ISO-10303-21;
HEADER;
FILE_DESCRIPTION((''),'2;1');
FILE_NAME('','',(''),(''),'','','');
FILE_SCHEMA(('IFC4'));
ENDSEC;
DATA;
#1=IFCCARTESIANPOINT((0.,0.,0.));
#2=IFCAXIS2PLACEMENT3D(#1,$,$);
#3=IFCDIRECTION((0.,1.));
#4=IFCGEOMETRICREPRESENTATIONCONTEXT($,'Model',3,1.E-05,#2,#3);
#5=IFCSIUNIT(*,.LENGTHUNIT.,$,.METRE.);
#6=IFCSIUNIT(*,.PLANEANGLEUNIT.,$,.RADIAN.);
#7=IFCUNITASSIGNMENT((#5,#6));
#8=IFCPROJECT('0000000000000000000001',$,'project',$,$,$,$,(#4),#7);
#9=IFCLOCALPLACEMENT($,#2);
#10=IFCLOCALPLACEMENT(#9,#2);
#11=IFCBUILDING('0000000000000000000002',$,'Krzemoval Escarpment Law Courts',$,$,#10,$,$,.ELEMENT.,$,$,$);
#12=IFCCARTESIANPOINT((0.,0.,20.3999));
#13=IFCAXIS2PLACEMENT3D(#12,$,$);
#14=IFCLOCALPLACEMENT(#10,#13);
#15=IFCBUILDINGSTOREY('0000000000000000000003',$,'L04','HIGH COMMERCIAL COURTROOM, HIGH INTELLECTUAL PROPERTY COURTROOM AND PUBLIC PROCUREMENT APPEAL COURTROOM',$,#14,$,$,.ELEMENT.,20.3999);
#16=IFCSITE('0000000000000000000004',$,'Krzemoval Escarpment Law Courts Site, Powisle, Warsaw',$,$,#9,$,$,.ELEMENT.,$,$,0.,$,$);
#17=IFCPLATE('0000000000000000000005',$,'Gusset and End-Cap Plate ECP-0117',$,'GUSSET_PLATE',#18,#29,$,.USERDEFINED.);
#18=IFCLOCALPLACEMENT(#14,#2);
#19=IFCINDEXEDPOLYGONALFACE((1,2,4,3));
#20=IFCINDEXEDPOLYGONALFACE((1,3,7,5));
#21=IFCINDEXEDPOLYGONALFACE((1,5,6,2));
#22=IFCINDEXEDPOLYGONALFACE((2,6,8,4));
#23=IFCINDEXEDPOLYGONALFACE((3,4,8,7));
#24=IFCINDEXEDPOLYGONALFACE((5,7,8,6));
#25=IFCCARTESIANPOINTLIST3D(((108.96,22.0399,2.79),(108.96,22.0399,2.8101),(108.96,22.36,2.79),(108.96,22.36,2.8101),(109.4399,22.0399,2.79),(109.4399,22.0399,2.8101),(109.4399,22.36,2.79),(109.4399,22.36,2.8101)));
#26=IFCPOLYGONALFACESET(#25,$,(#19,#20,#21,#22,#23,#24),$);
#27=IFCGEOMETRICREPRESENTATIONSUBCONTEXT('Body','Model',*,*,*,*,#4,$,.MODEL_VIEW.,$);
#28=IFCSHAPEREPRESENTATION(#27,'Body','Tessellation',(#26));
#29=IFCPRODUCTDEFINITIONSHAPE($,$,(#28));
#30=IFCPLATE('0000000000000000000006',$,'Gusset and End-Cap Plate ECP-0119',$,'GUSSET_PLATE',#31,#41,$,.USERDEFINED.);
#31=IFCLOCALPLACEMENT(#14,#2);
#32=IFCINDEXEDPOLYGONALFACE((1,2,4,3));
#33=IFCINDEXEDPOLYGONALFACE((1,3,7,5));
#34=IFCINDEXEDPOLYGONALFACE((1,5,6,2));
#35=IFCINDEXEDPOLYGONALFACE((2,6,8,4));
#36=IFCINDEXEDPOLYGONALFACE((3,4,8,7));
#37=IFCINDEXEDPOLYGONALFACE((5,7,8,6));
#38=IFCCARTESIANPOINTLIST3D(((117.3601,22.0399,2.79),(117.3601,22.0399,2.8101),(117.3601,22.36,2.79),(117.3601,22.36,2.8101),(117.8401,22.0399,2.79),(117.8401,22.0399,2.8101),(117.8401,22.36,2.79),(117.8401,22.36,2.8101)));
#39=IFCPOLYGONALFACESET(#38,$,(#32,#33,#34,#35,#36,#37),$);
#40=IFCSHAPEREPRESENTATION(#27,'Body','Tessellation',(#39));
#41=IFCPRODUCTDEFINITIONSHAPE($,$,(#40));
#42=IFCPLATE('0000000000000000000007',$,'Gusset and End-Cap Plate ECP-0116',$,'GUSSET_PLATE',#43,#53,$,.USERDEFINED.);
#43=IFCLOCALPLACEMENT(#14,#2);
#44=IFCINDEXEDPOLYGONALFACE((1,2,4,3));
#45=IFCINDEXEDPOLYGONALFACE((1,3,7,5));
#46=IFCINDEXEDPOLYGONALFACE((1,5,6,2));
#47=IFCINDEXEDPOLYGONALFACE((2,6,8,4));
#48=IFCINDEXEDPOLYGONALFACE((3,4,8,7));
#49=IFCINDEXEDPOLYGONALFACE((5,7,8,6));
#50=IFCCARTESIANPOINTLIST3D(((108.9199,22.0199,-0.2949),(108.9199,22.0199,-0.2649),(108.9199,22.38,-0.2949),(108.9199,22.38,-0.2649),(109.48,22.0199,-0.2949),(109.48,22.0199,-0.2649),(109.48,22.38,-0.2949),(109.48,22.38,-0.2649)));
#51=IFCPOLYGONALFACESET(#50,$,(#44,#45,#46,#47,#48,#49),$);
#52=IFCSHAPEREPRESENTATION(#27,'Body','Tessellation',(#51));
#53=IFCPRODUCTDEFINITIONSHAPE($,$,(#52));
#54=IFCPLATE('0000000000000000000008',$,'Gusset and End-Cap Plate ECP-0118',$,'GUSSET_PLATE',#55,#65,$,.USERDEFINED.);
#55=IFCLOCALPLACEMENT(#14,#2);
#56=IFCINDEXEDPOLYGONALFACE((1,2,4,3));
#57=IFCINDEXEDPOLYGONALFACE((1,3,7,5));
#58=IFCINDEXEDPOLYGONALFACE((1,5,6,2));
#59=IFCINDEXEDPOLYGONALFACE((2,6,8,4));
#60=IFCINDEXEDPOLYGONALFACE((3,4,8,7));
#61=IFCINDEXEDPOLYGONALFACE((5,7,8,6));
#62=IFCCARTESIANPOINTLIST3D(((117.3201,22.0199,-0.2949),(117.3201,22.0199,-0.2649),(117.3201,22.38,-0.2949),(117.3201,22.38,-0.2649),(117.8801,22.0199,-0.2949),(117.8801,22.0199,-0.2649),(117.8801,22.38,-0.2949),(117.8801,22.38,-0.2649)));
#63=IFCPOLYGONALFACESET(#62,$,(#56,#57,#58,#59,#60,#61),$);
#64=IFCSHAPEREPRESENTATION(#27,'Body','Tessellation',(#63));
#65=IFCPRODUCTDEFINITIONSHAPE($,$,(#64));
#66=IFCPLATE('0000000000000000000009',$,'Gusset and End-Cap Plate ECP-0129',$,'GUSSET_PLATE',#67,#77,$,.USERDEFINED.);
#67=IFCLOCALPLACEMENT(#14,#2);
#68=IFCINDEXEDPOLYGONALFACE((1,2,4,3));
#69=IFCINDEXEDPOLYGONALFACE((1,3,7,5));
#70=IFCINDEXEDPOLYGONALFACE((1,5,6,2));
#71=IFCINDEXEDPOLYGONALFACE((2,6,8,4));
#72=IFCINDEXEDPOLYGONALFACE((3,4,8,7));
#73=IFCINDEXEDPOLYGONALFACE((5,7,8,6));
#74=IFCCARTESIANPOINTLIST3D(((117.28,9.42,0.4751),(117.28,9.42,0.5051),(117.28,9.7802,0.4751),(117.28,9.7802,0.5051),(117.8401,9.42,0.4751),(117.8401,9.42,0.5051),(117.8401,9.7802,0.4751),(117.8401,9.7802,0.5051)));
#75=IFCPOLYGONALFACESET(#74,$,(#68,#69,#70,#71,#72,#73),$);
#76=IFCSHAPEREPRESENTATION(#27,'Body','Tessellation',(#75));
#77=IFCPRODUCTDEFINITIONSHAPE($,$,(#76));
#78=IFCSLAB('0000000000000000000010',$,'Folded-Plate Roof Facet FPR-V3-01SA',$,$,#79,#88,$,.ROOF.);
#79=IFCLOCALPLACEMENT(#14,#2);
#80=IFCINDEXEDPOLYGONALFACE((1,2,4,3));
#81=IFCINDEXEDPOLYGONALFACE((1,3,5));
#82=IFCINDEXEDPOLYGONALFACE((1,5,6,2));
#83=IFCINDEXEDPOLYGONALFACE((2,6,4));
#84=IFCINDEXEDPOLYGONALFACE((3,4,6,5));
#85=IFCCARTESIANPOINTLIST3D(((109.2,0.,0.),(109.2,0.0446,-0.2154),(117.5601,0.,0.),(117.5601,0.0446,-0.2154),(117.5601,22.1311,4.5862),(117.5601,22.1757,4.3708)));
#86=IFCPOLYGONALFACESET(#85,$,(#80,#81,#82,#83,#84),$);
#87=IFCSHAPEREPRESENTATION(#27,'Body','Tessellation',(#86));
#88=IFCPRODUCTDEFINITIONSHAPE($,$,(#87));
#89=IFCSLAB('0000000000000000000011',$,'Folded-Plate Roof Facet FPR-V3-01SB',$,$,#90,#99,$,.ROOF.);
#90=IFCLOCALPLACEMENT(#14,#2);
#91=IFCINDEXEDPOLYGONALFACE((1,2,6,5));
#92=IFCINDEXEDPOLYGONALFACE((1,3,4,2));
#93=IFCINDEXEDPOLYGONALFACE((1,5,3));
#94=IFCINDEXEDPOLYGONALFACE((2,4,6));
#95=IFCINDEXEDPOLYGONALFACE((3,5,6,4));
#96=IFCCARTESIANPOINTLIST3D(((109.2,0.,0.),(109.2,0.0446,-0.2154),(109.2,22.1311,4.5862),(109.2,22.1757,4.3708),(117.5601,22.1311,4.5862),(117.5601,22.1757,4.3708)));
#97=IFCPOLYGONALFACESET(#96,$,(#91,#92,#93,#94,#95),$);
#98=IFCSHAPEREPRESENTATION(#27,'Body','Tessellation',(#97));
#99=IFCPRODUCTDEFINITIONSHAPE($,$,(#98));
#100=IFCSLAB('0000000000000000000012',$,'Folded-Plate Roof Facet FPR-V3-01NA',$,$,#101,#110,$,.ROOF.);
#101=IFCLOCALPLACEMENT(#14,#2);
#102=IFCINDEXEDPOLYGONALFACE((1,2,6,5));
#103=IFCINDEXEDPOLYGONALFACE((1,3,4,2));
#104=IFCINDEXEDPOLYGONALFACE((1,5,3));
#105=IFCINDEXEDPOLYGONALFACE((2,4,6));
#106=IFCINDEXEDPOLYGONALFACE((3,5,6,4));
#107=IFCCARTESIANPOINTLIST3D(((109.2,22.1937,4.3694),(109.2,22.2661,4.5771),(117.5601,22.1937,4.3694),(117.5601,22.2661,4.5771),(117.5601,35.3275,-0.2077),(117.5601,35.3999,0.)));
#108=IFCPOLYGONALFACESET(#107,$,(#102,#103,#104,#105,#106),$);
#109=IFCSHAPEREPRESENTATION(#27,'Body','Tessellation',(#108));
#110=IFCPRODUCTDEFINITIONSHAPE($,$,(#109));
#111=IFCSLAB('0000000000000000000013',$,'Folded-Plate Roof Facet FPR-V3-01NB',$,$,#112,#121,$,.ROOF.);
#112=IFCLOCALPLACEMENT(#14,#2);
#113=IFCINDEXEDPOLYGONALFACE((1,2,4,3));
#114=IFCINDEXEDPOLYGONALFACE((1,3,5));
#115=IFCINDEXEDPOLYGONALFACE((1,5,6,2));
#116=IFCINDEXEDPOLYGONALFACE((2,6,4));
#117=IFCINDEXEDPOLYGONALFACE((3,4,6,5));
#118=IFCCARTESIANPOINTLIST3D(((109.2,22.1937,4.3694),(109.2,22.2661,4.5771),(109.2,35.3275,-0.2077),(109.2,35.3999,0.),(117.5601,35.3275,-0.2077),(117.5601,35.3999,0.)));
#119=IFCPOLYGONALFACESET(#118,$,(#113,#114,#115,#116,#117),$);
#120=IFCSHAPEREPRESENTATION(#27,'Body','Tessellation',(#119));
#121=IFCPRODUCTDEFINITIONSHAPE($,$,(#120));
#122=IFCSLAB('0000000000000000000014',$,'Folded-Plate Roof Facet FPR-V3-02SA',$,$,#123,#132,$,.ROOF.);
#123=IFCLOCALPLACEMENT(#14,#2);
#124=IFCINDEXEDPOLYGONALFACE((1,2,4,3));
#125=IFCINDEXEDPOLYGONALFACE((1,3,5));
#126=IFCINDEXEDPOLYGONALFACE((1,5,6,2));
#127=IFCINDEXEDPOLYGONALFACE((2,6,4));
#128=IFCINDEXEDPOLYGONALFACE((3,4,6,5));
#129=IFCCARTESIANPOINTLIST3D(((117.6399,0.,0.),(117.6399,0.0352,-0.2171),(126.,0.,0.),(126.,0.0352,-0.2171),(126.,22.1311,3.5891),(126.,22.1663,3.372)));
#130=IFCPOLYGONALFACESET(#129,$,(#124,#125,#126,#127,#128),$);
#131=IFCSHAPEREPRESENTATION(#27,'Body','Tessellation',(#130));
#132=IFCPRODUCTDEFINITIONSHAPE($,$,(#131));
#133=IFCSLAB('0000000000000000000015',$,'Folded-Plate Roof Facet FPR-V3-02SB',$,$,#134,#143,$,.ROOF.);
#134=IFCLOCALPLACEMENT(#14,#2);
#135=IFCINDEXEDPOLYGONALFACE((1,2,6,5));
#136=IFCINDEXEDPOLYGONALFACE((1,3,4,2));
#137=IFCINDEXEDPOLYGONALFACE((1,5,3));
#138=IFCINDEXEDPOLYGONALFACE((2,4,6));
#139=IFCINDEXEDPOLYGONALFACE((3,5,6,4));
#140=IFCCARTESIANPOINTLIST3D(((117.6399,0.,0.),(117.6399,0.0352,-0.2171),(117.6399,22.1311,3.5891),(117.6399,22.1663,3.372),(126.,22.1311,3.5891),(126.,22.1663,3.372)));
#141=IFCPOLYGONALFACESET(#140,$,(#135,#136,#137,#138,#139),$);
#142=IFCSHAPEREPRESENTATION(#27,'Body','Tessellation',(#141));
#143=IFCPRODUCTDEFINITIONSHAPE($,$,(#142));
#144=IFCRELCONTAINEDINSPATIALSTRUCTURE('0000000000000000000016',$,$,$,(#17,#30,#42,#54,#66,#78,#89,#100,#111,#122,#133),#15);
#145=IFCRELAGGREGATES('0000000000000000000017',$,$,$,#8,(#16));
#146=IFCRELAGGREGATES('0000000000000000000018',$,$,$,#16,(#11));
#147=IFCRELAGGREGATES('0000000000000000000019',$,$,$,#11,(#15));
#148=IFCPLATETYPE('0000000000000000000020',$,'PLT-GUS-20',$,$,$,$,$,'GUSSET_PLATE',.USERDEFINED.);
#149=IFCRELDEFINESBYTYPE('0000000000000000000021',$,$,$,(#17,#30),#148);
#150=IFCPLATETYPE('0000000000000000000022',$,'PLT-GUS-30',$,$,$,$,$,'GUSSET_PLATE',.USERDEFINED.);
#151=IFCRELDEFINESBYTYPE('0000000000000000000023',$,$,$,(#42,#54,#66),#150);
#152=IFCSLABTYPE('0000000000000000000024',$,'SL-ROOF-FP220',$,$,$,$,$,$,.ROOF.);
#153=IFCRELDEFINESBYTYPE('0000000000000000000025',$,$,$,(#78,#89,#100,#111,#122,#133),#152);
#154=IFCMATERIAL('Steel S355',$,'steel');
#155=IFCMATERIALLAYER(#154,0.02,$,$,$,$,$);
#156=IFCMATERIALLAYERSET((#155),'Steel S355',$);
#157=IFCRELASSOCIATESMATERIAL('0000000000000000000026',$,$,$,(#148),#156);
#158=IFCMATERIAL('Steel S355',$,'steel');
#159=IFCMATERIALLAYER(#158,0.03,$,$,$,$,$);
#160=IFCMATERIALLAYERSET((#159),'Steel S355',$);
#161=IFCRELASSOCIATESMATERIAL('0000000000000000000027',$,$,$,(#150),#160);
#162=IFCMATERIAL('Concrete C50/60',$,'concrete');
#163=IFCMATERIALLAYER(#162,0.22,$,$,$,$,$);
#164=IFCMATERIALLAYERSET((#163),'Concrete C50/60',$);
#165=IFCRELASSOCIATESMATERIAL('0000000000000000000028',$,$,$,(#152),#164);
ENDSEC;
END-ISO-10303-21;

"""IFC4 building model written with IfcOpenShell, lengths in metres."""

from ifc_helpers import new_model, si_unit, direction, frame, origin, origin_2d, place, context, subcontext, project, spatial, polyline, rectangle, outline, extrude, material, layer, layer_set, type_object, element, save


model = new_model("IFC4")

# Units and contexts
model_context = context("Model", 3, precision=1e-05, world=origin(), true_north=direction((0.0, 1.0)))
body_context = subcontext(model_context, "Body", "Model", "MODEL_VIEW")
ifc_project = project(units=[si_unit("LENGTHUNIT", "METRE"), si_unit("PLANEANGLEUNIT", "RADIAN")], contexts=[model_context])

# Site, building, storey
site_placement = place(None, origin())
site = spatial("IfcSite", under=ifc_project, at=site_placement, Name="Krzemoval Escarpment Law Courts Site, Powisle, Warsaw", CompositionType="ELEMENT", RefElevation=0.0)
building_placement = place(site_placement, origin())
building = spatial("IfcBuilding", under=site, at=building_placement, Name="Krzemoval Escarpment Law Courts", CompositionType="ELEMENT")
storey_placement = place(building_placement, frame((0.0, 0.0, 20.3999)))
storey = spatial("IfcBuildingStorey", under=building, at=storey_placement, Name="L04", Description="HIGH COMMERCIAL COURTROOM, HIGH INTELLECTUAL PROPERTY COURTROOM AND PUBLIC PROCUREMENT APPEAL COURTROOM", CompositionType="ELEMENT", Elevation=20.3999)

# Plates
ifc_material_1 = material(Name="Steel S355", Category="steel")
ifc_layer_1 = layer(ifc_material_1, 0.02)
ifc_layer_set_1 = layer_set([ifc_layer_1], Name="Steel S355")
plate_type_1 = type_object("IfcPlateType", Name="PLT-GUS-20", ElementType="GUSSET_PLATE", PredefinedType="USERDEFINED", material=ifc_layer_set_1)
for number, where, z_axis, x_axis, name in (
    (1, (109.2, 22.2, 2.79), (0.0, 0.0, 1.0), (1.0, 0.0, 0.0), "Gusset and End-Cap Plate ECP-0117"),
    (2, (117.6001, 22.2, 2.79), (0.0, 0.0, 1.0), (1.0, 0.0, 0.0), "Gusset and End-Cap Plate ECP-0119"),
):
    element("IfcPlate", number, at=place(storey_placement, frame(where, z_axis=z_axis, x_axis=x_axis)), inside=storey, type_object=plate_type_1, Name=name, ObjectType="GUSSET_PLATE", PredefinedType="USERDEFINED", context=body_context, shape_type="SweptSolid", body=[
        extrude(rectangle(XDim=0.48, YDim=0.3201, at=origin_2d()), origin(), (0.0, 0.0, 1.0), 0.02),
    ])
ifc_material_2 = material(Name="Steel S355", Category="steel")
ifc_layer_2 = layer(ifc_material_2, 0.03)
ifc_layer_set_2 = layer_set([ifc_layer_2], Name="Steel S355")
plate_type_2 = type_object("IfcPlateType", Name="PLT-GUS-30", ElementType="GUSSET_PLATE", PredefinedType="USERDEFINED", material=ifc_layer_set_2)
for number, where, z_axis, x_axis, name in (
    (3, (109.2, 22.2, -0.2949), (0.0, 0.0, 1.0), (1.0, 0.0, 0.0), "Gusset and End-Cap Plate ECP-0116"),
    (4, (117.6001, 22.2, -0.2949), (0.0, 0.0, 1.0), (1.0, 0.0, 0.0), "Gusset and End-Cap Plate ECP-0118"),
    (5, (117.5601, 9.6001, 0.4751), (0.0, 0.0, 1.0), (1.0, 0.0, 0.0), "Gusset and End-Cap Plate ECP-0129"),
):
    element("IfcPlate", number, at=place(storey_placement, frame(where, z_axis=z_axis, x_axis=x_axis)), inside=storey, type_object=plate_type_2, Name=name, ObjectType="GUSSET_PLATE", PredefinedType="USERDEFINED", context=body_context, shape_type="SweptSolid", body=[
        extrude(rectangle(XDim=0.5601, YDim=0.3601, at=origin_2d()), origin(), (0.0, 0.0, 1.0), 0.03),
    ])

# Slabs
ifc_material_3 = material(Name="Concrete C50/60", Category="concrete")
ifc_layer_3 = layer(ifc_material_3, 0.22)
ifc_layer_set_3 = layer_set([ifc_layer_3], Name="Concrete C50/60")
slab_type = type_object("IfcSlabType", Name="SL-ROOF-FP220", PredefinedType="ROOF", material=ifc_layer_set_3)
slab_1_placement = place(storey_placement, frame((109.2, 0.0, 0.0), z_axis=(0.0, -0.202917, 0.979196), x_axis=(1.0, 0.0, 0.0)))
element("IfcSlab", 6, at=slab_1_placement, inside=storey, type_object=slab_type, Name="Folded-Plate Roof Facet FPR-V3-01SA", PredefinedType="ROOF", context=body_context, shape_type="SweptSolid", body=[
    extrude(outline(polyline([(0.0, 0.0), (8.3601, 0.0), (8.3601, 22.6013), (0.0, 0.0)])), origin(), (0.0, 0.0, -1.0), 0.22),
])
slab_2_placement = place(storey_placement, frame((109.2, 0.0, 0.0), z_axis=(0.0, -0.202917, 0.979196), x_axis=(0.346922, 0.918382, 0.190314)))
element("IfcSlab", 7, at=slab_2_placement, inside=storey, type_object=slab_type, Name="Folded-Plate Roof Facet FPR-V3-01SB", PredefinedType="ROOF", context=body_context, shape_type="SweptSolid", body=[
    extrude(outline(polyline([(0.0, 0.0), (24.0979, 0.0), (21.1976, 7.8409), (0.0, 0.0)])), origin(), (0.0, 0.0, -1.0), 0.22),
])
slab_3_placement = place(storey_placement, frame((109.2, 22.2661, 4.5771), z_axis=(0.0, 0.32909, 0.944299), x_axis=(1.0, 0.0, 0.0)))
element("IfcSlab", 8, at=slab_3_placement, inside=storey, type_object=slab_type, Name="Folded-Plate Roof Facet FPR-V3-01NA", PredefinedType="ROOF", context=body_context, shape_type="SweptSolid", body=[
    extrude(outline(polyline([(0.0, 0.0), (8.3601, 0.0), (8.3601, 13.9085), (0.0, 0.0)])), origin(), (0.0, 0.0, -1.0), 0.22),
])
slab_4_placement = place(storey_placement, frame((109.2, 22.2661, 4.5771), z_axis=(0.0, 0.32909, 0.944299), x_axis=(0.515175, 0.809344, -0.282058)))
element("IfcSlab", 9, at=slab_4_placement, inside=storey, type_object=slab_type, Name="Folded-Plate Roof Facet FPR-V3-01NB", PredefinedType="ROOF", context=body_context, shape_type="SweptSolid", body=[
    extrude(outline(polyline([(0.0, 0.0), (16.2277, 0.0), (11.9208, 7.1653), (0.0, 0.0)])), origin(), (0.0, 0.0, -1.0), 0.22),
])
slab_5_placement = place(storey_placement, frame((117.6399, 0.0, 0.0), z_axis=(0.0, -0.160083, 0.987103), x_axis=(1.0, 0.0, 0.0)))
element("IfcSlab", 10, at=slab_5_placement, inside=storey, type_object=slab_type, Name="Folded-Plate Roof Facet FPR-V3-02SA", PredefinedType="ROOF", context=body_context, shape_type="SweptSolid", body=[
    extrude(outline(polyline([(0.0, 0.0), (8.3601, 0.0), (8.3601, 22.4202), (0.0, 0.0)])), origin(), (0.0, 0.0, -1.0), 0.22),
])
slab_6_placement = place(storey_placement, frame((117.6399, 0.0, 0.0), z_axis=(0.0, -0.160083, 0.987103), x_axis=(0.349383, 0.924896, 0.149995)))
element("IfcSlab", 11, at=slab_6_placement, inside=storey, type_object=slab_type, Name="Folded-Plate Roof Facet FPR-V3-02SB", PredefinedType="ROOF", context=body_context, shape_type="SweptSolid", body=[
    extrude(outline(polyline([(0.0, 0.0), (23.9282, 0.0), (21.0073, 7.8333), (0.0, 0.0)])), origin(), (0.0, 0.0, -1.0), 0.22),
])

save(model, "model.ifc")
